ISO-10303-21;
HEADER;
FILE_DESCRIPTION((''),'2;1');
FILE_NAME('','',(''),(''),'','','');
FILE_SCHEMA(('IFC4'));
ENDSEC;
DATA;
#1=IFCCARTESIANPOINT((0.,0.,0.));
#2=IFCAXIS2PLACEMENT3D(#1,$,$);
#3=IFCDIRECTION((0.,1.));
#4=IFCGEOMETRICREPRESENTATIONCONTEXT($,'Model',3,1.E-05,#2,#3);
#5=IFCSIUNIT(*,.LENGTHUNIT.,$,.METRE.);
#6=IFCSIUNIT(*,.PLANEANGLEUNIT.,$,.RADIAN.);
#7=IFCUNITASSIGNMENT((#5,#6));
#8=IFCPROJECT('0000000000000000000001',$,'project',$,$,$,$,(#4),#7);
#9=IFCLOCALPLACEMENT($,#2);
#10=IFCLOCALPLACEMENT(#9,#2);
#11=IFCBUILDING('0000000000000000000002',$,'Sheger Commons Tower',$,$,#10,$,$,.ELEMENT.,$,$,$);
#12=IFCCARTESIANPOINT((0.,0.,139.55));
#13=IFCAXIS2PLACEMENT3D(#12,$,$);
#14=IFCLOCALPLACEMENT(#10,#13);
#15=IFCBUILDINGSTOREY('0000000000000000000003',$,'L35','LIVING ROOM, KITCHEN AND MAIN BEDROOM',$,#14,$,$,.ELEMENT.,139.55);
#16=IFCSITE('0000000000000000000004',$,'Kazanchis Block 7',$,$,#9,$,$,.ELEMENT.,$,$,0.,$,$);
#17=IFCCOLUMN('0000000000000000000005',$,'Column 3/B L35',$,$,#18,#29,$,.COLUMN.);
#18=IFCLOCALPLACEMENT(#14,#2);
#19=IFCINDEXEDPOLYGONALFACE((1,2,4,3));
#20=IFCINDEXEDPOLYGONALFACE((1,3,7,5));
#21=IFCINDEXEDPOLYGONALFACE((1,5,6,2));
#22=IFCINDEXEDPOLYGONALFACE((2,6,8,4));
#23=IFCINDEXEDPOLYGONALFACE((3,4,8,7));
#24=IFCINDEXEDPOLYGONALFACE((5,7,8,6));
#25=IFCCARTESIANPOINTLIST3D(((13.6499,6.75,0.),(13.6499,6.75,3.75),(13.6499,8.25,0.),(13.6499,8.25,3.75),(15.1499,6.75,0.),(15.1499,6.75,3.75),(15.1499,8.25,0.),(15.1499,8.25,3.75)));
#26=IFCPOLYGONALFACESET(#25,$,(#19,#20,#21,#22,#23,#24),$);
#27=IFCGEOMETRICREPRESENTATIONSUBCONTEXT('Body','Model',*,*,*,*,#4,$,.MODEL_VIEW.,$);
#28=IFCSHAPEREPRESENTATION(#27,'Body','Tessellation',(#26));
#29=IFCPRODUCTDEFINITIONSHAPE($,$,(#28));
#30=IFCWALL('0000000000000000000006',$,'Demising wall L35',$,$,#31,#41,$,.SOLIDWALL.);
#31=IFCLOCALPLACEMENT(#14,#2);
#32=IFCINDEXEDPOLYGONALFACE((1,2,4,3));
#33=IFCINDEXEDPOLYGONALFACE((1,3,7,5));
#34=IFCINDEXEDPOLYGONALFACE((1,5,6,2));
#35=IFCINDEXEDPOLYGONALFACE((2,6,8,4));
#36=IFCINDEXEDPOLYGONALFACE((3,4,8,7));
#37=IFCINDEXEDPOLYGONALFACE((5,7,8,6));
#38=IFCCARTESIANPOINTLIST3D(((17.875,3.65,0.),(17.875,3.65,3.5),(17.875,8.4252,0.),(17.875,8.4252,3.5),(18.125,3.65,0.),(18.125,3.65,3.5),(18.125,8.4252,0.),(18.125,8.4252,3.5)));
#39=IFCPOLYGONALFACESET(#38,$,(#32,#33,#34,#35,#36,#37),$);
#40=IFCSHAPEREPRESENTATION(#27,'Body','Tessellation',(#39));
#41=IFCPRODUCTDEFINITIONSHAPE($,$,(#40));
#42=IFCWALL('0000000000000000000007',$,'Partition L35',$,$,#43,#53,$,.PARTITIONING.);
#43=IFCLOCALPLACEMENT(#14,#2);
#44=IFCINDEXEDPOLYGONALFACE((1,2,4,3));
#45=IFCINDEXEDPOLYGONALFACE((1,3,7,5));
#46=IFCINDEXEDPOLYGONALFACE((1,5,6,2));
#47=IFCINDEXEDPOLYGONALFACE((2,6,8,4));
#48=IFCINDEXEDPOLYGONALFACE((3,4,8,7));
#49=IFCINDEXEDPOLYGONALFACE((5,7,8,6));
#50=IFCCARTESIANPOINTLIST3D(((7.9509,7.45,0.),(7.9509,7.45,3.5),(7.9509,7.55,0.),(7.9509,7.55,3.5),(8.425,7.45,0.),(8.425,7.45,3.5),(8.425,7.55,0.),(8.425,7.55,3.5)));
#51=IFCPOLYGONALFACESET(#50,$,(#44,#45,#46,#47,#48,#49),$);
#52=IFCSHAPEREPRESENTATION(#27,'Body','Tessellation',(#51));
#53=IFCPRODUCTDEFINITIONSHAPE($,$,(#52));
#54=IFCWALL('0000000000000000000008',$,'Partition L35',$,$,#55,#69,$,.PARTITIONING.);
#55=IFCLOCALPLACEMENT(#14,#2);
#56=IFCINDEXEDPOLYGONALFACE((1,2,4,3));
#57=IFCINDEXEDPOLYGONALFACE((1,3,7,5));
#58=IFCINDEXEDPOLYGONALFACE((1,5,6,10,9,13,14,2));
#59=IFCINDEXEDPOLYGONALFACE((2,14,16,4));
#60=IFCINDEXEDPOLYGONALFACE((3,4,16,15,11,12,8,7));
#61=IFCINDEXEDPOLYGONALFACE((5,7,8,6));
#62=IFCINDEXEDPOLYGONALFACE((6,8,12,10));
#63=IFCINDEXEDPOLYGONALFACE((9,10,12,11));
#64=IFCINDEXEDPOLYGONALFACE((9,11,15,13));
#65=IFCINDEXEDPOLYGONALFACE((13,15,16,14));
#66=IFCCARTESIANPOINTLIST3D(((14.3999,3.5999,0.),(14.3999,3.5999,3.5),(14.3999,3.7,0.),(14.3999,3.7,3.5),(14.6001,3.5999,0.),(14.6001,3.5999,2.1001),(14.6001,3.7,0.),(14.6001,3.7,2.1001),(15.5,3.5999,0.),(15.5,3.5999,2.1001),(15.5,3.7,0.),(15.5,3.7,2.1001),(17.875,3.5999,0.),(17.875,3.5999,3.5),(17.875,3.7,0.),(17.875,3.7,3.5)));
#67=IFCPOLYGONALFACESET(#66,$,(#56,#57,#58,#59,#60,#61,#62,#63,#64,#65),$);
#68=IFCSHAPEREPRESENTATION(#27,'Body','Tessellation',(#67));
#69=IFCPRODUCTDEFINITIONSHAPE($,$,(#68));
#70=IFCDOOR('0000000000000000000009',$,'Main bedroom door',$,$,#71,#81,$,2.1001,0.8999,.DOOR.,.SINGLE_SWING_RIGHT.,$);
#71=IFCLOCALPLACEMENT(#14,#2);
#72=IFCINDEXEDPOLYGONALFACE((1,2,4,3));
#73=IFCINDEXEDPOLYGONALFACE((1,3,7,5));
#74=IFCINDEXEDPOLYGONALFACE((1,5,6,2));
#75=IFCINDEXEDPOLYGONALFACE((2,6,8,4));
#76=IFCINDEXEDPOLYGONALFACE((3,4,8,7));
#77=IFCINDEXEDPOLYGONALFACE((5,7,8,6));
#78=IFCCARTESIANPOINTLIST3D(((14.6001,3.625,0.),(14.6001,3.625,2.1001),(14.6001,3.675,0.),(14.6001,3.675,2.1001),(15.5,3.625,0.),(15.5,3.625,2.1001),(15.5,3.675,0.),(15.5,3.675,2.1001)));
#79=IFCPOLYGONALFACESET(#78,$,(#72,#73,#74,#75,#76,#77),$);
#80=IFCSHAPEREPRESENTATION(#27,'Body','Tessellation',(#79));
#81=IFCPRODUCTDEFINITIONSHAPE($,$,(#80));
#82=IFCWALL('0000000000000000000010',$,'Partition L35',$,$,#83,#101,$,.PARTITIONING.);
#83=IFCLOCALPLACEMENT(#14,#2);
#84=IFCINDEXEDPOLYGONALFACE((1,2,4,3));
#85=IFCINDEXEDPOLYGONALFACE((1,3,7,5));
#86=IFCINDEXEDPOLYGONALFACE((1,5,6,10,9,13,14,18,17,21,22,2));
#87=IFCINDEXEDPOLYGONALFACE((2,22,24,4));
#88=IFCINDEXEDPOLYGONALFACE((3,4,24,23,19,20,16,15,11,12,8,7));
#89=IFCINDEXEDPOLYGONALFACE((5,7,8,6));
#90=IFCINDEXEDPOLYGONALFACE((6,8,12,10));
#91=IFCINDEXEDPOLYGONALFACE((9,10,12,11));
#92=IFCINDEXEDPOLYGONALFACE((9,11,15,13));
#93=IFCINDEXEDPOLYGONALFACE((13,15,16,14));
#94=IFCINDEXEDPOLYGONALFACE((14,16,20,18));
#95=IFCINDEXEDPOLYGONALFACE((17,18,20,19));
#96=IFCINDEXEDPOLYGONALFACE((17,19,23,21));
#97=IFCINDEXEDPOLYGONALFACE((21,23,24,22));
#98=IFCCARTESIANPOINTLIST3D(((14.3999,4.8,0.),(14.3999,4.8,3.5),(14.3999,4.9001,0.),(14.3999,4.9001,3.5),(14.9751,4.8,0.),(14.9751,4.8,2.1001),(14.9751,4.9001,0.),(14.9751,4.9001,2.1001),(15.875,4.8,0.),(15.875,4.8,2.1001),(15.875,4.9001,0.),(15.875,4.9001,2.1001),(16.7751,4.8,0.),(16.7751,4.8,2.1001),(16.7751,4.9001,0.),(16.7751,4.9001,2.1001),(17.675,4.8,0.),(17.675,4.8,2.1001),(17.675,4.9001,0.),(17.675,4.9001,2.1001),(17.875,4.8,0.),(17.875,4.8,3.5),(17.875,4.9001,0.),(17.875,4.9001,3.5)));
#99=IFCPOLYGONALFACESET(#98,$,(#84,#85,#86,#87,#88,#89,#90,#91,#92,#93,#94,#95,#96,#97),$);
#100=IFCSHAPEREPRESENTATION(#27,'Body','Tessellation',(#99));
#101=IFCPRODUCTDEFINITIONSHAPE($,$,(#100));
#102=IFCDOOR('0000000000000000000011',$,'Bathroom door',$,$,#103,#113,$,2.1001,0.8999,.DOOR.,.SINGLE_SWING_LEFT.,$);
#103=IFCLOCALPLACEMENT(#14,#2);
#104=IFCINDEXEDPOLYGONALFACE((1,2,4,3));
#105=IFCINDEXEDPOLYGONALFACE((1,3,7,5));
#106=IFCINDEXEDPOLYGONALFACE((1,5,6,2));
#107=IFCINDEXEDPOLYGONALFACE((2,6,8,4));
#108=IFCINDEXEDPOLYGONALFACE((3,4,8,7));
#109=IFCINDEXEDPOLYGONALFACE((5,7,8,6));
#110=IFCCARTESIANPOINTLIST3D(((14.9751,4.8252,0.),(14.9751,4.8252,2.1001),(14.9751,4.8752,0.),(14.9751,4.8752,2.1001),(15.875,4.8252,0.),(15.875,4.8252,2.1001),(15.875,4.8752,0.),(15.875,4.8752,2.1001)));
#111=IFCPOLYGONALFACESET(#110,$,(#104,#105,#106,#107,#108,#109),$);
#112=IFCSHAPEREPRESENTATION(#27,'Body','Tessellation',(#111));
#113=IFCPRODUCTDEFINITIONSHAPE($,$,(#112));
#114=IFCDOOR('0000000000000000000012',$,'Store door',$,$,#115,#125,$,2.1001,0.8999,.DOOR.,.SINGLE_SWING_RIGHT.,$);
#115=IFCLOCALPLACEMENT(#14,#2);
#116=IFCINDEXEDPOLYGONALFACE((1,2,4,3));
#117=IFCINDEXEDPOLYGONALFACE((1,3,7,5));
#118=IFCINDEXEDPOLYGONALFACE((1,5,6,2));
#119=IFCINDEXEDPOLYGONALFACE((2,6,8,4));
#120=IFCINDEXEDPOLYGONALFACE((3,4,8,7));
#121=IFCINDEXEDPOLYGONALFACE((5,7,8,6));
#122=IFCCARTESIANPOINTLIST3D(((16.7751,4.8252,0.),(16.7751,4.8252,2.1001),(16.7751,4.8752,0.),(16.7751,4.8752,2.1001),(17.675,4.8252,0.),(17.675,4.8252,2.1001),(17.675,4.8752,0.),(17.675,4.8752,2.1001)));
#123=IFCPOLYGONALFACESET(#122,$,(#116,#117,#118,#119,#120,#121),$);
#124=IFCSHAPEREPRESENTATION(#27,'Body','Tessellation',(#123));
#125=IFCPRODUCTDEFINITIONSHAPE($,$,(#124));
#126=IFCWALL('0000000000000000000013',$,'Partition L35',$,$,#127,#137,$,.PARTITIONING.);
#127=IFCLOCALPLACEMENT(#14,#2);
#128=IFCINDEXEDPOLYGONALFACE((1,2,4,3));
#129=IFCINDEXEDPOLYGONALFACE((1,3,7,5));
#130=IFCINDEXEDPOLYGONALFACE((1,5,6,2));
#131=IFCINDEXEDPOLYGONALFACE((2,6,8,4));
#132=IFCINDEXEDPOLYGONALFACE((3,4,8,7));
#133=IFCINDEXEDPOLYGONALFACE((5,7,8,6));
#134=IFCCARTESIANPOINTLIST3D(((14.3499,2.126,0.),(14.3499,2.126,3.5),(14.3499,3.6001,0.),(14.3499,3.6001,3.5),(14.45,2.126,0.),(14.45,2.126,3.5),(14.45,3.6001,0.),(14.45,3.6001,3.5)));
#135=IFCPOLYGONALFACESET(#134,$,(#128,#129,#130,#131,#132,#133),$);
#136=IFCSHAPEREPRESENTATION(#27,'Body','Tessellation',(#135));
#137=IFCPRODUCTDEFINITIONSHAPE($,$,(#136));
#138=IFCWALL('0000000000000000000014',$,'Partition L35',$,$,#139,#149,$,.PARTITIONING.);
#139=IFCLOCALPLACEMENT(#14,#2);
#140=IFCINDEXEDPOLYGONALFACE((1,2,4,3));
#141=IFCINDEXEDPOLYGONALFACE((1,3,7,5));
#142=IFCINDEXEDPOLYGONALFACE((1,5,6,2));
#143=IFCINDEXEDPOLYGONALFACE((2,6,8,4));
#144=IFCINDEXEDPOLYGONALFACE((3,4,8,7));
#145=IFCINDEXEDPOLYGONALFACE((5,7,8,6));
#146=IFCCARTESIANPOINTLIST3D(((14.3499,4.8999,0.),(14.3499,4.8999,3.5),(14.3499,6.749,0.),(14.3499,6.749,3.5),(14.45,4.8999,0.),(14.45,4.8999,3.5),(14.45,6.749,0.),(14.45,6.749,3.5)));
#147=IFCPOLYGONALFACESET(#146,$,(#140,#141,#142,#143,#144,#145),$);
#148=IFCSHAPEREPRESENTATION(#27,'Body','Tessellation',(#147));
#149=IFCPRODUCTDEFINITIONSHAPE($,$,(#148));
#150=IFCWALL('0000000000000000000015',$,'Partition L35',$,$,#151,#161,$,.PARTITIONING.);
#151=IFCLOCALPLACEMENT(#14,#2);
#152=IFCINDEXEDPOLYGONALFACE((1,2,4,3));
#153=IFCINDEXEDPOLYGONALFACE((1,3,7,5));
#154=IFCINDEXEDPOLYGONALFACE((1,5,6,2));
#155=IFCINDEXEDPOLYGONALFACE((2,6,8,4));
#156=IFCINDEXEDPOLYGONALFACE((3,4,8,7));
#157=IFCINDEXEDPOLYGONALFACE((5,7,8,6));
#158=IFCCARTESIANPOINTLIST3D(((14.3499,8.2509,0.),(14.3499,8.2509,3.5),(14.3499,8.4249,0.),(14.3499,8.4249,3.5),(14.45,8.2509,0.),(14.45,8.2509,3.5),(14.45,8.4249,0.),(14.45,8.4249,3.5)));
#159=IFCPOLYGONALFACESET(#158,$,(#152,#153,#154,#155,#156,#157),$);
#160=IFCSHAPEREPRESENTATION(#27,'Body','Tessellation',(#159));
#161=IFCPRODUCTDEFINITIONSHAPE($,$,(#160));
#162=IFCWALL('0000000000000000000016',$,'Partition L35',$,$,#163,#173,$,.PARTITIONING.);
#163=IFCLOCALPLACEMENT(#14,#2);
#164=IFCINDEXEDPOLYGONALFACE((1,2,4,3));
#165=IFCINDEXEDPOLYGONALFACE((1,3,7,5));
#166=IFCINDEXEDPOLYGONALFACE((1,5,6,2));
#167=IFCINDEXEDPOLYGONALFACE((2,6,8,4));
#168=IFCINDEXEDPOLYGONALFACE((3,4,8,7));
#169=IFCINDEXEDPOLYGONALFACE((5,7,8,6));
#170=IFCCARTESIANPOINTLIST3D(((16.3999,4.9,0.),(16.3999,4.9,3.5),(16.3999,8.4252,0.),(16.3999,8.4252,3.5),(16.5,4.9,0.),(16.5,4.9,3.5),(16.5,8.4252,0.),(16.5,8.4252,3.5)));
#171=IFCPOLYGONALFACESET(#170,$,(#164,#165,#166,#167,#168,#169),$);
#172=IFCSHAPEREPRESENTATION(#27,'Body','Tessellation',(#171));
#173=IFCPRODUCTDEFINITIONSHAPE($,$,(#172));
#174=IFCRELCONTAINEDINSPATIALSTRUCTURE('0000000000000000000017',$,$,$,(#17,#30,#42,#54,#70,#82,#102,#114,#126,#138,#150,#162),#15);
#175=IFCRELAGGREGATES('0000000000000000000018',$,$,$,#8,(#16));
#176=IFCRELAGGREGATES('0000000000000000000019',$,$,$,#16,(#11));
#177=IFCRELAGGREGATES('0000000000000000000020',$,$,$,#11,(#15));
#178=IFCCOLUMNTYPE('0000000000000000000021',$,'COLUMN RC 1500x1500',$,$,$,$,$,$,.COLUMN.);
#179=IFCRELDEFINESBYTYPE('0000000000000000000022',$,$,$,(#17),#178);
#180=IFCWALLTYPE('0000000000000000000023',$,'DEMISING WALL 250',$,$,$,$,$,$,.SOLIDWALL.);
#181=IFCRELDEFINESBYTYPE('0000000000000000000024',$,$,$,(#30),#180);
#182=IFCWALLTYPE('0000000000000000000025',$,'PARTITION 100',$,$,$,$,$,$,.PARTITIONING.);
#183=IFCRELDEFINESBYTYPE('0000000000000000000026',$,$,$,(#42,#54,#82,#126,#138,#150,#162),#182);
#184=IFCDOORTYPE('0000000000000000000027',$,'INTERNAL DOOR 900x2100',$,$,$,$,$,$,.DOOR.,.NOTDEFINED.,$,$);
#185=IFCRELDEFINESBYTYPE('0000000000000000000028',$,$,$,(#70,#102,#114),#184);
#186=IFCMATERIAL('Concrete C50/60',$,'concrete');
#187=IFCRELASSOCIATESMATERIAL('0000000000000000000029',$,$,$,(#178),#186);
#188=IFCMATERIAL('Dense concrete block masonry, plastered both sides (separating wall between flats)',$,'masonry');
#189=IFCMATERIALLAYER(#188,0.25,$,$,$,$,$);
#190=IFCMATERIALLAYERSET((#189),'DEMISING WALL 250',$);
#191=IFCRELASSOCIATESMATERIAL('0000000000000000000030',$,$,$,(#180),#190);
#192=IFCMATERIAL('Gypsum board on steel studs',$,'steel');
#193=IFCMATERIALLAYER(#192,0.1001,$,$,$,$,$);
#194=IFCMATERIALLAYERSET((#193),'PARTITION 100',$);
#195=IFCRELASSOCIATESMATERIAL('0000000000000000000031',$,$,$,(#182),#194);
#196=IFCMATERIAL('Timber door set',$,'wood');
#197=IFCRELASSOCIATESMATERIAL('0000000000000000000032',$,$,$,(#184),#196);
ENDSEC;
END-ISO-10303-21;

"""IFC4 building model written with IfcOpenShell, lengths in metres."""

from ifc_helpers import new_model, si_unit, direction, frame, frame_2d, origin, origin_2d, place, context, subcontext, project, spatial, rectangle, extrude, material, layer, layer_set, material_profile, profile_set, type_object, element, fill, save


model = new_model("IFC4")

# Units and contexts
model_context = context("Model", 3, precision=1e-05, world=origin(), true_north=direction((0.0, 1.0)))
body_context = subcontext(model_context, "Body", "Model", "MODEL_VIEW")
ifc_project = project(units=[si_unit("LENGTHUNIT", "METRE"), si_unit("PLANEANGLEUNIT", "RADIAN")], contexts=[model_context])

# Site, building, storey
site_placement = place(None, origin())
site = spatial("IfcSite", under=ifc_project, at=site_placement, Name="Kazanchis Block 7", CompositionType="ELEMENT", RefElevation=0.0)
building_placement = place(site_placement, origin())
building = spatial("IfcBuilding", under=site, at=building_placement, Name="Sheger Commons Tower", CompositionType="ELEMENT")
storey_placement = place(building_placement, frame((0.0, 0.0, 139.55)))
storey = spatial("IfcBuildingStorey", under=building, at=storey_placement, Name="L35", Description="LIVING ROOM, KITCHEN AND MAIN BEDROOM", CompositionType="ELEMENT", Elevation=139.55)

# Column
ifc_material_1 = material(Name="Concrete C50/60", Category="concrete")
ifc_material_profile = material_profile(ifc_material_1, rectangle(XDim=1.5, YDim=1.5, at=origin_2d()), Name="RC 1500x1500")
ifc_profile_set = profile_set([ifc_material_profile], Name="Concrete C50/60")
column_type = type_object("IfcColumnType", Name="COLUMN RC 1500x1500", PredefinedType="COLUMN", material=ifc_profile_set)
column_placement = place(storey_placement, frame((14.3999, 7.5, 0.0), z_axis=(0.0, 0.0, 1.0), x_axis=(1.0, 0.0, 0.0)))
element("IfcColumn", 1, at=column_placement, inside=storey, type_object=column_type, Name="Column 3/B L35", PredefinedType="COLUMN", context=body_context, shape_type="SweptSolid", body=[
    extrude(rectangle(XDim=1.5, YDim=1.5, at=origin_2d()), origin(), (0.0, 0.0, 1.0), 3.75),
])

# Walls
ifc_material_2 = material(Name="Dense concrete block masonry, plastered both sides (separating wall between flats)", Category="masonry")
ifc_layer_1 = layer(ifc_material_2, 0.25)
ifc_layer_set_1 = layer_set([ifc_layer_1], Name="DEMISING WALL 250")
wall_type_1 = type_object("IfcWallType", Name="DEMISING WALL 250", PredefinedType="SOLIDWALL", material=ifc_layer_set_1)
wall_1_placement = place(storey_placement, frame((18.0, 3.6499, 0.0), z_axis=(0.0, 0.0, 1.0), x_axis=(0.0, 1.0, 0.0)))
element("IfcWall", 2, at=wall_1_placement, inside=storey, type_object=wall_type_1, Name="Demising wall L35", PredefinedType="SOLIDWALL", context=body_context, shape_type="SweptSolid", body=[
    extrude(rectangle(XDim=4.7751, YDim=0.25, at=frame_2d((2.3877, 0.0))), origin(), (0.0, 0.0, 1.0), 3.5),
])
ifc_material_3 = material(Name="Gypsum board on steel studs", Category="steel")
ifc_layer_2 = layer(ifc_material_3, 0.1001)
ifc_layer_set_2 = layer_set([ifc_layer_2], Name="PARTITION 100")
wall_type_2 = type_object("IfcWallType", Name="PARTITION 100", PredefinedType="PARTITIONING", material=ifc_layer_set_2)
wall_2_placement = place(storey_placement, frame((7.9509, 7.5, 0.0), z_axis=(0.0, 0.0, 1.0), x_axis=(1.0, 0.0, 0.0)))
element("IfcWall", 3, at=wall_2_placement, inside=storey, type_object=wall_type_2, Name="Partition L35", PredefinedType="PARTITIONING", context=body_context, shape_type="SweptSolid", body=[
    extrude(rectangle(XDim=0.4741, YDim=0.1001, at=frame_2d((0.2371, 0.0))), origin(), (0.0, 0.0, 1.0), 3.5),
])

# Wall, opening, door
wall_3_placement = place(storey_placement, frame((17.875, 3.6499, 0.0), z_axis=(0.0, 0.0, 1.0), x_axis=(-1.0, 0.0, 0.0)))
wall_3 = element("IfcWall", 4, at=wall_3_placement, inside=storey, type_object=wall_type_2, Name="Partition L35", PredefinedType="PARTITIONING", context=body_context, shape_type="SweptSolid", body=[
    extrude(rectangle(XDim=3.4751, YDim=0.1001, at=frame_2d((1.7375, 0.0))), origin(), (0.0, 0.0, 1.0), 3.5),
])
opening_1_placement = place(wall_3_placement, frame((2.375, 0.0, 0.0)))
opening_1 = element("IfcOpeningElement", 5, at=opening_1_placement, cuts=wall_3, PredefinedType="OPENING", context=body_context, shape_type="SweptSolid", body=[
    extrude(rectangle(XDim=0.8999, YDim=2.1001, at=frame_2d((0.45, 1.05))), frame((0.0, 0.0601, 0.0), z_axis=(0.0, -1.0, 0.0), x_axis=(1.0, 0.0, 0.0)), (0.0, 0.0, 1.0), 0.1201),
])
ifc_material_4 = material(Name="Timber door set", Category="wood")
door_type_1 = type_object("IfcDoorType", Name="INTERNAL DOOR 900x2100", OperationType="NOTDEFINED", PredefinedType="DOOR", material=ifc_material_4)
door_1_placement = place(opening_1_placement, origin())
door_1 = element("IfcDoor", 6, at=door_1_placement, inside=storey, type_object=door_type_1, Name="Main bedroom door", OperationType="SINGLE_SWING_RIGHT", OverallHeight=2.1001, OverallWidth=0.8999, PredefinedType="DOOR", context=body_context, shape_type="SweptSolid", body=[
    extrude(rectangle(XDim=0.8999, YDim=2.1001, at=frame_2d((0.45, 1.05))), frame((0.0, 0.0249, 0.0), z_axis=(0.0, -1.0, 0.0), x_axis=(1.0, 0.0, 0.0)), (0.0, 0.0, 1.0), 0.05),
])
fill(opening_1, door_1)

# Wall, openings, doors
wall_4_placement = place(storey_placement, frame((17.875, 4.8501, 0.0), z_axis=(0.0, 0.0, 1.0), x_axis=(-1.0, 0.0, 0.0)))
wall_4 = element("IfcWall", 7, at=wall_4_placement, inside=storey, type_object=wall_type_2, Name="Partition L35", PredefinedType="PARTITIONING", context=body_context, shape_type="SweptSolid", body=[
    extrude(rectangle(XDim=3.4751, YDim=0.1001, at=frame_2d((1.7375, 0.0))), origin(), (0.0, 0.0, 1.0), 3.5),
])
opening_2_placement = place(wall_4_placement, frame((2.0, 0.0, 0.0)))
opening_2 = element("IfcOpeningElement", 8, at=opening_2_placement, cuts=wall_4, PredefinedType="OPENING", context=body_context, shape_type="SweptSolid", body=[
    extrude(rectangle(XDim=0.8999, YDim=2.1001, at=frame_2d((0.45, 1.05))), frame((0.0, 0.0601, 0.0), z_axis=(0.0, -1.0, 0.0), x_axis=(1.0, 0.0, 0.0)), (0.0, 0.0, 1.0), 0.1201),
])
opening_3_placement = place(wall_4_placement, frame((0.2, 0.0, 0.0)))
opening_3 = element("IfcOpeningElement", 9, at=opening_3_placement, cuts=wall_4, PredefinedType="OPENING", context=body_context, shape_type="SweptSolid", body=[
    extrude(rectangle(XDim=0.8999, YDim=2.1001, at=frame_2d((0.45, 1.05))), frame((0.0, 0.0601, 0.0), z_axis=(0.0, -1.0, 0.0), x_axis=(1.0, 0.0, 0.0)), (0.0, 0.0, 1.0), 0.1201),
])
door_2_placement = place(opening_2_placement, origin())
door_2 = element("IfcDoor", 10, at=door_2_placement, inside=storey, type_object=door_type_1, Name="Bathroom door", OperationType="SINGLE_SWING_LEFT", OverallHeight=2.1001, OverallWidth=0.8999, PredefinedType="DOOR", context=body_context, shape_type="SweptSolid", body=[
    extrude(rectangle(XDim=0.8999, YDim=2.1001, at=frame_2d((0.45, 1.05))), frame((0.0, 0.0249, 0.0), z_axis=(0.0, -1.0, 0.0), x_axis=(1.0, 0.0, 0.0)), (0.0, 0.0, 1.0), 0.05),
])
fill(opening_2, door_2)
door_3_placement = place(opening_3_placement, origin())
door_3 = element("IfcDoor", 11, at=door_3_placement, inside=storey, type_object=door_type_1, Name="Store door", OperationType="SINGLE_SWING_RIGHT", OverallHeight=2.1001, OverallWidth=0.8999, PredefinedType="DOOR", context=body_context, shape_type="SweptSolid", body=[
    extrude(rectangle(XDim=0.8999, YDim=2.1001, at=frame_2d((0.45, 1.05))), frame((0.0, 0.0249, 0.0), z_axis=(0.0, -1.0, 0.0), x_axis=(1.0, 0.0, 0.0)), (0.0, 0.0, 1.0), 0.05),
])
fill(opening_3, door_3)

# Walls
wall_5_placement = place(storey_placement, frame((14.3999, 2.126, 0.0), z_axis=(0.0, 0.0, 1.0), x_axis=(0.0, 1.0, 0.0)))
element("IfcWall", 12, at=wall_5_placement, inside=storey, type_object=wall_type_2, Name="Partition L35", PredefinedType="PARTITIONING", context=body_context, shape_type="SweptSolid", body=[
    extrude(rectangle(XDim=1.4741, YDim=0.1001, at=frame_2d((0.7371, 0.0))), origin(), (0.0, 0.0, 1.0), 3.5),
])
wall_6_placement = place(storey_placement, frame((14.3999, 4.8999, 0.0), z_axis=(0.0, 0.0, 1.0), x_axis=(0.0, 1.0, 0.0)))
element("IfcWall", 13, at=wall_6_placement, inside=storey, type_object=wall_type_2, Name="Partition L35", PredefinedType="PARTITIONING", context=body_context, shape_type="SweptSolid", body=[
    extrude(rectangle(XDim=1.8491, YDim=0.1001, at=frame_2d((0.9246, 0.0))), origin(), (0.0, 0.0, 1.0), 3.5),
])
wall_7_placement = place(storey_placement, frame((14.3999, 8.251, 0.0), z_axis=(0.0, 0.0, 1.0), x_axis=(0.0, 1.0, 0.0)))
element("IfcWall", 14, at=wall_7_placement, inside=storey, type_object=wall_type_2, Name="Partition L35", PredefinedType="PARTITIONING", context=body_context, shape_type="SweptSolid", body=[
    extrude(rectangle(XDim=0.1741, YDim=0.1001, at=frame_2d((0.0869, 0.0))), origin(), (0.0, 0.0, 1.0), 3.5),
])
wall_8_placement = place(storey_placement, frame((16.45, 4.8999, 0.0), z_axis=(0.0, 0.0, 1.0), x_axis=(0.0, 1.0, 0.0)))
element("IfcWall", 15, at=wall_8_placement, inside=storey, type_object=wall_type_2, Name="Partition L35", PredefinedType="PARTITIONING", context=body_context, shape_type="SweptSolid", body=[
    extrude(rectangle(XDim=3.5251, YDim=0.1001, at=frame_2d((1.7627, 0.0))), origin(), (0.0, 0.0, 1.0), 3.5),
])

save(model, "model.ifc")
